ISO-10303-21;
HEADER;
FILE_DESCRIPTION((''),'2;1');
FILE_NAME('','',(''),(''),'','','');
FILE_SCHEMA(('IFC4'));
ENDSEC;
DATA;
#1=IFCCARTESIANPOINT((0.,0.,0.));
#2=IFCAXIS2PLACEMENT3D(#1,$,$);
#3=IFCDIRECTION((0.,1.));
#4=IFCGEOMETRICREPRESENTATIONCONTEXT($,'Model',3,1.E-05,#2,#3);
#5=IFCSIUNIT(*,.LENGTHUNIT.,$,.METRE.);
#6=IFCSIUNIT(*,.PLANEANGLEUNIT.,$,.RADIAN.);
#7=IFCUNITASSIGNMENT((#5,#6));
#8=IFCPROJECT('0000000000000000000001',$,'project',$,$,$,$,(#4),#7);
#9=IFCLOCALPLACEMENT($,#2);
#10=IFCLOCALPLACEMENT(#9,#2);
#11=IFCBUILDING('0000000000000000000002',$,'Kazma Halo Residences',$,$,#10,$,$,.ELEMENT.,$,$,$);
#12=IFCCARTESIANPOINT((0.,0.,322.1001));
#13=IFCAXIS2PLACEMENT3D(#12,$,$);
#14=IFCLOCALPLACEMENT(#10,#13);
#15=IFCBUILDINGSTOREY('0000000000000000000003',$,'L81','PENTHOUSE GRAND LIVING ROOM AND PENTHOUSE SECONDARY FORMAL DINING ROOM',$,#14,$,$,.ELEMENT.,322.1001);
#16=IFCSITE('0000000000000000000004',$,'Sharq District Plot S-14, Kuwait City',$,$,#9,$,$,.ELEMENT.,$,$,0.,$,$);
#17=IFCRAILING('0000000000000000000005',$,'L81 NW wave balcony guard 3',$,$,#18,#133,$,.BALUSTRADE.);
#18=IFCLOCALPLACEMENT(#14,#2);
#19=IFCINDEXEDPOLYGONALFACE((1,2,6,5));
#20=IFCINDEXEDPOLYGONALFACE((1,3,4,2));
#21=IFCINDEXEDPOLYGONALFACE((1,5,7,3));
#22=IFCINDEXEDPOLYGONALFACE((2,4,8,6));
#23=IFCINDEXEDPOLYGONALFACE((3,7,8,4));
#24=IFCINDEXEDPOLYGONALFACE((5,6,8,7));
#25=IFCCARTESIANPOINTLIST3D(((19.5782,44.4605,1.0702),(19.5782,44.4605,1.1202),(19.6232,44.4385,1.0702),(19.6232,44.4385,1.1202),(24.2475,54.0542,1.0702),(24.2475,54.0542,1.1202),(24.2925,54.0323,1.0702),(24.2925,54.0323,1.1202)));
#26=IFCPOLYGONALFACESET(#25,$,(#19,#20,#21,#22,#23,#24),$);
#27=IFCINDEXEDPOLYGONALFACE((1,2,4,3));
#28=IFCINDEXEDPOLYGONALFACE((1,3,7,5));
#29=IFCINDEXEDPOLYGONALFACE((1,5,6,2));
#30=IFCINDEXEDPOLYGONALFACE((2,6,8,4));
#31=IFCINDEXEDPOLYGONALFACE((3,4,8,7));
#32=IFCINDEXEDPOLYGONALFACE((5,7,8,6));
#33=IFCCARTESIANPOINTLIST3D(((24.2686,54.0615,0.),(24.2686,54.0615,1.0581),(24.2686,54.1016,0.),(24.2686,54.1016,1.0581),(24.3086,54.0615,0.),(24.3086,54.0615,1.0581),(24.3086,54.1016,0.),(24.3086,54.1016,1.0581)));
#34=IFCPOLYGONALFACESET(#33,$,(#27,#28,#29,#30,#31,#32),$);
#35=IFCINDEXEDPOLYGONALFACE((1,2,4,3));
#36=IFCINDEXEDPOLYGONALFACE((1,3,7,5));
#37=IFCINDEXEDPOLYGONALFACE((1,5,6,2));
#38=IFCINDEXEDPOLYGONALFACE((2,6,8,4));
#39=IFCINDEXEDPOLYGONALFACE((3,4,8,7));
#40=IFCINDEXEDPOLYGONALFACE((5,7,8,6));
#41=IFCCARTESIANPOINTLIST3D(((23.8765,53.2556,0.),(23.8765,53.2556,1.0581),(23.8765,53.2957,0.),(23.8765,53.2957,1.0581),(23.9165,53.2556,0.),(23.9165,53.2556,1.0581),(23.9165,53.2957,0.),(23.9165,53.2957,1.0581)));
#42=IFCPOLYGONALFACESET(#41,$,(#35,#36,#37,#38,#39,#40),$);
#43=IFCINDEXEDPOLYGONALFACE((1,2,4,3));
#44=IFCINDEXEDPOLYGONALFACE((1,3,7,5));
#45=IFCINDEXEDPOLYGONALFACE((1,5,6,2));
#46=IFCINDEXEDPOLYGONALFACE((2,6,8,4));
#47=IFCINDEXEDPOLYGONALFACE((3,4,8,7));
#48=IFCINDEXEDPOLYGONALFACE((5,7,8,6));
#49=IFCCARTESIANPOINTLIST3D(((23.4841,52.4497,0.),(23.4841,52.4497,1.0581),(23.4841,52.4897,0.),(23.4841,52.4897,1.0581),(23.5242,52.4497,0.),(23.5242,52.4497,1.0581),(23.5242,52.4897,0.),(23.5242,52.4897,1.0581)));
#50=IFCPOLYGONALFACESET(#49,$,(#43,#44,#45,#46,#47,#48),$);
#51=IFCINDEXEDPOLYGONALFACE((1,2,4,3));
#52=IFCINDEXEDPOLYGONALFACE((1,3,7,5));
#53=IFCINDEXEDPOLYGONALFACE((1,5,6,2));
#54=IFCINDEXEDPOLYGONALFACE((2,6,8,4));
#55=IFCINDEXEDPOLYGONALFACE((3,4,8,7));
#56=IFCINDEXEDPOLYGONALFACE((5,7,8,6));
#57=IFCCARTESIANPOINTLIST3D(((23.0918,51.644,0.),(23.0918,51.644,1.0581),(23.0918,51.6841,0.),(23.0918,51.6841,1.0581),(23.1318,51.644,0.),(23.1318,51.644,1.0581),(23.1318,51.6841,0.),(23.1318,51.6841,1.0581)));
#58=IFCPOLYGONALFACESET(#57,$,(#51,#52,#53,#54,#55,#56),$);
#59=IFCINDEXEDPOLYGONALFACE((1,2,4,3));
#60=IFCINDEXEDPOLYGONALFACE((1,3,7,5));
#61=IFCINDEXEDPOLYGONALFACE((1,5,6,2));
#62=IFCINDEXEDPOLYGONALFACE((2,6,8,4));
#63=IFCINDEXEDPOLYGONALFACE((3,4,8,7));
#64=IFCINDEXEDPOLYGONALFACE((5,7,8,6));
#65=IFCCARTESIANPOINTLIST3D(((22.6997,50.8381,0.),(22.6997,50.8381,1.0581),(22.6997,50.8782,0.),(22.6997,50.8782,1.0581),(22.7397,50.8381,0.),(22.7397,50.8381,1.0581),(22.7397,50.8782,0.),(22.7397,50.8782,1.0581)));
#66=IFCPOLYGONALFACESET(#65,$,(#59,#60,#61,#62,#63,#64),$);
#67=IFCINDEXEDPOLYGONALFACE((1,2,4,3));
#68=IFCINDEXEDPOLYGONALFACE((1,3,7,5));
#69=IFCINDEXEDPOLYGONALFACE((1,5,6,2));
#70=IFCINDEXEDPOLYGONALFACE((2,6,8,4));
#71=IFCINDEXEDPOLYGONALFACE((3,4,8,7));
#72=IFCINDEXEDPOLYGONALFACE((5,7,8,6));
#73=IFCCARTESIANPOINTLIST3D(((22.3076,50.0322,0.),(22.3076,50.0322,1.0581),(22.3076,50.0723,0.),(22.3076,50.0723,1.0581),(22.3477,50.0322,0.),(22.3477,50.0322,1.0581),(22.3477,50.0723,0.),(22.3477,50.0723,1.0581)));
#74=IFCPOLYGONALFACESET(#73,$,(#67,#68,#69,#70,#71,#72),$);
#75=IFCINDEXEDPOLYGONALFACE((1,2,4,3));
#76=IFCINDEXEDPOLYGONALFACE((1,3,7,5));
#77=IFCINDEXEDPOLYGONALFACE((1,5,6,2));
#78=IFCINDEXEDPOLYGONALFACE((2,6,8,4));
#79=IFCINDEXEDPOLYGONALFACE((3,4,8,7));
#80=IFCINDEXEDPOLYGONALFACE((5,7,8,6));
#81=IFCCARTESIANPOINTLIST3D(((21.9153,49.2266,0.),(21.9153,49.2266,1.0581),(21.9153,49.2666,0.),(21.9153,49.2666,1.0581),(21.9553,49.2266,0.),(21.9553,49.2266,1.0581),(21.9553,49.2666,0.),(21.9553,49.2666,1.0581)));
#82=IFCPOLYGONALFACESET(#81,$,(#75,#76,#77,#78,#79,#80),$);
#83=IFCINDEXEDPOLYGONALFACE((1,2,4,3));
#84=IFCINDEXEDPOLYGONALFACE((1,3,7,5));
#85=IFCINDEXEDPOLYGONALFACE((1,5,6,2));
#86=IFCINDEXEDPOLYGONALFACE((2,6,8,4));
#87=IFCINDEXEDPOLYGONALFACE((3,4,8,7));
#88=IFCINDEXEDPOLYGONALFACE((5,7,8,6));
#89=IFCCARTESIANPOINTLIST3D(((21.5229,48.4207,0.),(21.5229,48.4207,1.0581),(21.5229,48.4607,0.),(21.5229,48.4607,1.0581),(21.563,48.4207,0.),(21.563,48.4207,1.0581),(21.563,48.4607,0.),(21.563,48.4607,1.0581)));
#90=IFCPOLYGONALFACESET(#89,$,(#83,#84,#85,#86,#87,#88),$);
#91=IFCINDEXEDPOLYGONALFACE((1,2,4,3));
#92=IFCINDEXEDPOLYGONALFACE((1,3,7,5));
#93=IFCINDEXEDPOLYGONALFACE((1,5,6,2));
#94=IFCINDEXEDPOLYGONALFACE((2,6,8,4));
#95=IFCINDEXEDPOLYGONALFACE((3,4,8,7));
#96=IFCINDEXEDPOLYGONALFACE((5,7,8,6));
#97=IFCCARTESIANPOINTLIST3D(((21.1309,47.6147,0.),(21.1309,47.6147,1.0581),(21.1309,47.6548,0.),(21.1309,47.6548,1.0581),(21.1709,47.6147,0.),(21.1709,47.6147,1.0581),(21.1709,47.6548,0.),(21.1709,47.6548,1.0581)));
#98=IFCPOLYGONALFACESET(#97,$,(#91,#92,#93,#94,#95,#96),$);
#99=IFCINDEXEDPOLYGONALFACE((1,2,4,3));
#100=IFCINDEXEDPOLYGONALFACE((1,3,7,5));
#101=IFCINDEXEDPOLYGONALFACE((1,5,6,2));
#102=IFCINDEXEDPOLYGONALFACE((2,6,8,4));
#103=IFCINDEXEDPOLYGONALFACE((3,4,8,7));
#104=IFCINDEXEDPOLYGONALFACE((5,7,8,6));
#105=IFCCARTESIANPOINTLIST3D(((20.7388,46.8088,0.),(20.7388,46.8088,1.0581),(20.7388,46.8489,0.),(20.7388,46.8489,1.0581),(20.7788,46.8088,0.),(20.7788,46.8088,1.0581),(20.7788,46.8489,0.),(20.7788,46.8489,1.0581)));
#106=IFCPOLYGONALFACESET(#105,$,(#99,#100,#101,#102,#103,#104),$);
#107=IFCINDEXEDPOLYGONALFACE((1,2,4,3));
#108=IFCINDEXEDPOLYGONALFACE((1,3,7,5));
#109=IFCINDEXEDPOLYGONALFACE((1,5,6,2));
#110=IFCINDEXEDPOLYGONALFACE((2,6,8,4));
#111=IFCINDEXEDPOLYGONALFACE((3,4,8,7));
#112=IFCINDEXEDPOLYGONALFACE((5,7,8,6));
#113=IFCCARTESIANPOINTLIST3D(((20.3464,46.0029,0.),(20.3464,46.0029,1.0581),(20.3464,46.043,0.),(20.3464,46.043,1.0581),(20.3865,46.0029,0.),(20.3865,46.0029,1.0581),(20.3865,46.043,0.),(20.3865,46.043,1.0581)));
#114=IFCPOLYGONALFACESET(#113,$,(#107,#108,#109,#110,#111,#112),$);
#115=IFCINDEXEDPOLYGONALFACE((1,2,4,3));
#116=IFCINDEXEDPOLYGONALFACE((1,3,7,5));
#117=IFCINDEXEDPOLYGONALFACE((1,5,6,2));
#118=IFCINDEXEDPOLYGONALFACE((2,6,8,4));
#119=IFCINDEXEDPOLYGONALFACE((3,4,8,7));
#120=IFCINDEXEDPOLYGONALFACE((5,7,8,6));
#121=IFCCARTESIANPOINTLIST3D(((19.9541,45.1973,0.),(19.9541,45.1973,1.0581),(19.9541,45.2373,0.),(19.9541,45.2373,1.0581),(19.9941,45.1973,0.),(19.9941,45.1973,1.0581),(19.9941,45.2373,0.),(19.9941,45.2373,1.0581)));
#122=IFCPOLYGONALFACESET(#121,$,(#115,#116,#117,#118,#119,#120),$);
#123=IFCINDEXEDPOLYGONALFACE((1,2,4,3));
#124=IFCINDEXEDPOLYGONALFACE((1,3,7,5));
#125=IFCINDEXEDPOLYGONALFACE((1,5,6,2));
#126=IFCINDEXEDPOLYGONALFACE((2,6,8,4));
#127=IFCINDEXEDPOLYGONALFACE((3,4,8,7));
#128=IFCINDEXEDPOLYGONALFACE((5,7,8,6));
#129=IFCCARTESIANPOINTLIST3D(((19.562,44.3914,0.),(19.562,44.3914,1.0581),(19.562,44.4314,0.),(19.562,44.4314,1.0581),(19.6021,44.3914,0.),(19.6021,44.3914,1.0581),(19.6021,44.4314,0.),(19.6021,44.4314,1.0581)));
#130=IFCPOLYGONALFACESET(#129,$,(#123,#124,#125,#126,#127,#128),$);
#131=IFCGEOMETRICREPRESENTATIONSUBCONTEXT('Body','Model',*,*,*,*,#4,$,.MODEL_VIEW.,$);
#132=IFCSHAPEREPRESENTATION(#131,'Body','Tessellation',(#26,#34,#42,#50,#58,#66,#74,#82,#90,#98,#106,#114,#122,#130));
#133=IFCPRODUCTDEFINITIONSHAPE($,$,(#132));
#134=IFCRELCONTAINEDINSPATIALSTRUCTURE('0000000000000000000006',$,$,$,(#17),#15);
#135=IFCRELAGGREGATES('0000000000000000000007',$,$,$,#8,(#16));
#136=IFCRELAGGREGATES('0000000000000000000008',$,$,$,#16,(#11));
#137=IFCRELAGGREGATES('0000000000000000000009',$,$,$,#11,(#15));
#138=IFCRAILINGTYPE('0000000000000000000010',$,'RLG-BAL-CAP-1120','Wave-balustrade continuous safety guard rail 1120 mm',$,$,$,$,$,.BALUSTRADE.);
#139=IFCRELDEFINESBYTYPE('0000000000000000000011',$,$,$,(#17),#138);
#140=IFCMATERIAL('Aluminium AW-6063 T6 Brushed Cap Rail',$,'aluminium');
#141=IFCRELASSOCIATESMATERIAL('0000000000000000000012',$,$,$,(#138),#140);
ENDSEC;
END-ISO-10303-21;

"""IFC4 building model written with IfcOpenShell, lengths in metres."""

from ifc_helpers import new_model, si_unit, direction, frame, origin, origin_2d, place, context, subcontext, project, spatial, rectangle, extrude, material, type_object, element, save


model = new_model("IFC4")

# Units and contexts
model_context = context("Model", 3, precision=1e-05, world=origin(), true_north=direction((0.0, 1.0)))
body_context = subcontext(model_context, "Body", "Model", "MODEL_VIEW")
ifc_project = project(units=[si_unit("LENGTHUNIT", "METRE"), si_unit("PLANEANGLEUNIT", "RADIAN")], contexts=[model_context])

# Site, building, storey
site_placement = place(None, origin())
site = spatial("IfcSite", under=ifc_project, at=site_placement, Name="Sharq District Plot S-14, Kuwait City", CompositionType="ELEMENT", RefElevation=0.0)
building_placement = place(site_placement, origin())
building = spatial("IfcBuilding", under=site, at=building_placement, Name="Kazma Halo Residences", CompositionType="ELEMENT")
storey_placement = place(building_placement, frame((0.0, 0.0, 322.1001)))
storey = spatial("IfcBuildingStorey", under=building, at=storey_placement, Name="L81", Description="PENTHOUSE GRAND LIVING ROOM AND PENTHOUSE SECONDARY FORMAL DINING ROOM", CompositionType="ELEMENT", Elevation=322.1001)

# Railing
ifc_material_1 = material(Name="Aluminium AW-6063 T6 Brushed Cap Rail", Category="aluminium")
railing_type = type_object("IfcRailingType", Name="RLG-BAL-CAP-1120", Description="Wave-balustrade continuous safety guard rail 1120 mm", PredefinedType="BALUSTRADE", material=ifc_material_1)
railing_1_placement = place(storey_placement, frame((24.2886, 54.0815, 0.0)))
element("IfcRailing", 1, at=railing_1_placement, inside=storey, type_object=railing_type, Name="L81 NW wave balcony guard 3", PredefinedType="BALUSTRADE", context=body_context, shape_type="SweptSolid", body=[
    extrude(rectangle(XDim=0.05, YDim=0.05, at=origin_2d()), frame((-0.0186, -0.0383, 1.0952), z_axis=(-0.437626, -0.899157, 0.0), x_axis=(0.899157, -0.437626, 0.0)), (0.0, 0.0, 1.0), 10.6697),
    extrude(rectangle(XDim=0.04, YDim=0.04, at=origin_2d()), origin(), (0.0, 0.0, 1.0), 1.0581),
    extrude(rectangle(XDim=0.04, YDim=0.04, at=origin_2d()), frame((-0.3921, -0.8059, 0.0)), (0.0, 0.0, 1.0), 1.0581),
    extrude(rectangle(XDim=0.04, YDim=0.04, at=origin_2d()), frame((-0.7844, -1.6118, 0.0)), (0.0, 0.0, 1.0), 1.0581),
    extrude(rectangle(XDim=0.04, YDim=0.04, at=origin_2d()), frame((-1.1768, -2.4175, 0.0)), (0.0, 0.0, 1.0), 1.0581),
    extrude(rectangle(XDim=0.04, YDim=0.04, at=origin_2d()), frame((-1.5688, -3.2234, 0.0)), (0.0, 0.0, 1.0), 1.0581),
    extrude(rectangle(XDim=0.04, YDim=0.04, at=origin_2d()), frame((-1.9609, -4.0293, 0.0)), (0.0, 0.0, 1.0), 1.0581),
    extrude(rectangle(XDim=0.04, YDim=0.04, at=origin_2d()), frame((-2.3533, -4.835, 0.0)), (0.0, 0.0, 1.0), 1.0581),
    extrude(rectangle(XDim=0.04, YDim=0.04, at=origin_2d()), frame((-2.7456, -5.6409, 0.0)), (0.0, 0.0, 1.0), 1.0581),
    extrude(rectangle(XDim=0.04, YDim=0.04, at=origin_2d()), frame((-3.1377, -6.4468, 0.0)), (0.0, 0.0, 1.0), 1.0581),
    extrude(rectangle(XDim=0.04, YDim=0.04, at=origin_2d()), frame((-3.5298, -7.2527, 0.0)), (0.0, 0.0, 1.0), 1.0581),
    extrude(rectangle(XDim=0.04, YDim=0.04, at=origin_2d()), frame((-3.9221, -8.0586, 0.0)), (0.0, 0.0, 1.0), 1.0581),
    extrude(rectangle(XDim=0.04, YDim=0.04, at=origin_2d()), frame((-4.3145, -8.8643, 0.0)), (0.0, 0.0, 1.0), 1.0581),
    extrude(rectangle(XDim=0.04, YDim=0.04, at=origin_2d()), frame((-4.7065, -9.6702, 0.0)), (0.0, 0.0, 1.0), 1.0581),
])

save(model, "model.ifc")
